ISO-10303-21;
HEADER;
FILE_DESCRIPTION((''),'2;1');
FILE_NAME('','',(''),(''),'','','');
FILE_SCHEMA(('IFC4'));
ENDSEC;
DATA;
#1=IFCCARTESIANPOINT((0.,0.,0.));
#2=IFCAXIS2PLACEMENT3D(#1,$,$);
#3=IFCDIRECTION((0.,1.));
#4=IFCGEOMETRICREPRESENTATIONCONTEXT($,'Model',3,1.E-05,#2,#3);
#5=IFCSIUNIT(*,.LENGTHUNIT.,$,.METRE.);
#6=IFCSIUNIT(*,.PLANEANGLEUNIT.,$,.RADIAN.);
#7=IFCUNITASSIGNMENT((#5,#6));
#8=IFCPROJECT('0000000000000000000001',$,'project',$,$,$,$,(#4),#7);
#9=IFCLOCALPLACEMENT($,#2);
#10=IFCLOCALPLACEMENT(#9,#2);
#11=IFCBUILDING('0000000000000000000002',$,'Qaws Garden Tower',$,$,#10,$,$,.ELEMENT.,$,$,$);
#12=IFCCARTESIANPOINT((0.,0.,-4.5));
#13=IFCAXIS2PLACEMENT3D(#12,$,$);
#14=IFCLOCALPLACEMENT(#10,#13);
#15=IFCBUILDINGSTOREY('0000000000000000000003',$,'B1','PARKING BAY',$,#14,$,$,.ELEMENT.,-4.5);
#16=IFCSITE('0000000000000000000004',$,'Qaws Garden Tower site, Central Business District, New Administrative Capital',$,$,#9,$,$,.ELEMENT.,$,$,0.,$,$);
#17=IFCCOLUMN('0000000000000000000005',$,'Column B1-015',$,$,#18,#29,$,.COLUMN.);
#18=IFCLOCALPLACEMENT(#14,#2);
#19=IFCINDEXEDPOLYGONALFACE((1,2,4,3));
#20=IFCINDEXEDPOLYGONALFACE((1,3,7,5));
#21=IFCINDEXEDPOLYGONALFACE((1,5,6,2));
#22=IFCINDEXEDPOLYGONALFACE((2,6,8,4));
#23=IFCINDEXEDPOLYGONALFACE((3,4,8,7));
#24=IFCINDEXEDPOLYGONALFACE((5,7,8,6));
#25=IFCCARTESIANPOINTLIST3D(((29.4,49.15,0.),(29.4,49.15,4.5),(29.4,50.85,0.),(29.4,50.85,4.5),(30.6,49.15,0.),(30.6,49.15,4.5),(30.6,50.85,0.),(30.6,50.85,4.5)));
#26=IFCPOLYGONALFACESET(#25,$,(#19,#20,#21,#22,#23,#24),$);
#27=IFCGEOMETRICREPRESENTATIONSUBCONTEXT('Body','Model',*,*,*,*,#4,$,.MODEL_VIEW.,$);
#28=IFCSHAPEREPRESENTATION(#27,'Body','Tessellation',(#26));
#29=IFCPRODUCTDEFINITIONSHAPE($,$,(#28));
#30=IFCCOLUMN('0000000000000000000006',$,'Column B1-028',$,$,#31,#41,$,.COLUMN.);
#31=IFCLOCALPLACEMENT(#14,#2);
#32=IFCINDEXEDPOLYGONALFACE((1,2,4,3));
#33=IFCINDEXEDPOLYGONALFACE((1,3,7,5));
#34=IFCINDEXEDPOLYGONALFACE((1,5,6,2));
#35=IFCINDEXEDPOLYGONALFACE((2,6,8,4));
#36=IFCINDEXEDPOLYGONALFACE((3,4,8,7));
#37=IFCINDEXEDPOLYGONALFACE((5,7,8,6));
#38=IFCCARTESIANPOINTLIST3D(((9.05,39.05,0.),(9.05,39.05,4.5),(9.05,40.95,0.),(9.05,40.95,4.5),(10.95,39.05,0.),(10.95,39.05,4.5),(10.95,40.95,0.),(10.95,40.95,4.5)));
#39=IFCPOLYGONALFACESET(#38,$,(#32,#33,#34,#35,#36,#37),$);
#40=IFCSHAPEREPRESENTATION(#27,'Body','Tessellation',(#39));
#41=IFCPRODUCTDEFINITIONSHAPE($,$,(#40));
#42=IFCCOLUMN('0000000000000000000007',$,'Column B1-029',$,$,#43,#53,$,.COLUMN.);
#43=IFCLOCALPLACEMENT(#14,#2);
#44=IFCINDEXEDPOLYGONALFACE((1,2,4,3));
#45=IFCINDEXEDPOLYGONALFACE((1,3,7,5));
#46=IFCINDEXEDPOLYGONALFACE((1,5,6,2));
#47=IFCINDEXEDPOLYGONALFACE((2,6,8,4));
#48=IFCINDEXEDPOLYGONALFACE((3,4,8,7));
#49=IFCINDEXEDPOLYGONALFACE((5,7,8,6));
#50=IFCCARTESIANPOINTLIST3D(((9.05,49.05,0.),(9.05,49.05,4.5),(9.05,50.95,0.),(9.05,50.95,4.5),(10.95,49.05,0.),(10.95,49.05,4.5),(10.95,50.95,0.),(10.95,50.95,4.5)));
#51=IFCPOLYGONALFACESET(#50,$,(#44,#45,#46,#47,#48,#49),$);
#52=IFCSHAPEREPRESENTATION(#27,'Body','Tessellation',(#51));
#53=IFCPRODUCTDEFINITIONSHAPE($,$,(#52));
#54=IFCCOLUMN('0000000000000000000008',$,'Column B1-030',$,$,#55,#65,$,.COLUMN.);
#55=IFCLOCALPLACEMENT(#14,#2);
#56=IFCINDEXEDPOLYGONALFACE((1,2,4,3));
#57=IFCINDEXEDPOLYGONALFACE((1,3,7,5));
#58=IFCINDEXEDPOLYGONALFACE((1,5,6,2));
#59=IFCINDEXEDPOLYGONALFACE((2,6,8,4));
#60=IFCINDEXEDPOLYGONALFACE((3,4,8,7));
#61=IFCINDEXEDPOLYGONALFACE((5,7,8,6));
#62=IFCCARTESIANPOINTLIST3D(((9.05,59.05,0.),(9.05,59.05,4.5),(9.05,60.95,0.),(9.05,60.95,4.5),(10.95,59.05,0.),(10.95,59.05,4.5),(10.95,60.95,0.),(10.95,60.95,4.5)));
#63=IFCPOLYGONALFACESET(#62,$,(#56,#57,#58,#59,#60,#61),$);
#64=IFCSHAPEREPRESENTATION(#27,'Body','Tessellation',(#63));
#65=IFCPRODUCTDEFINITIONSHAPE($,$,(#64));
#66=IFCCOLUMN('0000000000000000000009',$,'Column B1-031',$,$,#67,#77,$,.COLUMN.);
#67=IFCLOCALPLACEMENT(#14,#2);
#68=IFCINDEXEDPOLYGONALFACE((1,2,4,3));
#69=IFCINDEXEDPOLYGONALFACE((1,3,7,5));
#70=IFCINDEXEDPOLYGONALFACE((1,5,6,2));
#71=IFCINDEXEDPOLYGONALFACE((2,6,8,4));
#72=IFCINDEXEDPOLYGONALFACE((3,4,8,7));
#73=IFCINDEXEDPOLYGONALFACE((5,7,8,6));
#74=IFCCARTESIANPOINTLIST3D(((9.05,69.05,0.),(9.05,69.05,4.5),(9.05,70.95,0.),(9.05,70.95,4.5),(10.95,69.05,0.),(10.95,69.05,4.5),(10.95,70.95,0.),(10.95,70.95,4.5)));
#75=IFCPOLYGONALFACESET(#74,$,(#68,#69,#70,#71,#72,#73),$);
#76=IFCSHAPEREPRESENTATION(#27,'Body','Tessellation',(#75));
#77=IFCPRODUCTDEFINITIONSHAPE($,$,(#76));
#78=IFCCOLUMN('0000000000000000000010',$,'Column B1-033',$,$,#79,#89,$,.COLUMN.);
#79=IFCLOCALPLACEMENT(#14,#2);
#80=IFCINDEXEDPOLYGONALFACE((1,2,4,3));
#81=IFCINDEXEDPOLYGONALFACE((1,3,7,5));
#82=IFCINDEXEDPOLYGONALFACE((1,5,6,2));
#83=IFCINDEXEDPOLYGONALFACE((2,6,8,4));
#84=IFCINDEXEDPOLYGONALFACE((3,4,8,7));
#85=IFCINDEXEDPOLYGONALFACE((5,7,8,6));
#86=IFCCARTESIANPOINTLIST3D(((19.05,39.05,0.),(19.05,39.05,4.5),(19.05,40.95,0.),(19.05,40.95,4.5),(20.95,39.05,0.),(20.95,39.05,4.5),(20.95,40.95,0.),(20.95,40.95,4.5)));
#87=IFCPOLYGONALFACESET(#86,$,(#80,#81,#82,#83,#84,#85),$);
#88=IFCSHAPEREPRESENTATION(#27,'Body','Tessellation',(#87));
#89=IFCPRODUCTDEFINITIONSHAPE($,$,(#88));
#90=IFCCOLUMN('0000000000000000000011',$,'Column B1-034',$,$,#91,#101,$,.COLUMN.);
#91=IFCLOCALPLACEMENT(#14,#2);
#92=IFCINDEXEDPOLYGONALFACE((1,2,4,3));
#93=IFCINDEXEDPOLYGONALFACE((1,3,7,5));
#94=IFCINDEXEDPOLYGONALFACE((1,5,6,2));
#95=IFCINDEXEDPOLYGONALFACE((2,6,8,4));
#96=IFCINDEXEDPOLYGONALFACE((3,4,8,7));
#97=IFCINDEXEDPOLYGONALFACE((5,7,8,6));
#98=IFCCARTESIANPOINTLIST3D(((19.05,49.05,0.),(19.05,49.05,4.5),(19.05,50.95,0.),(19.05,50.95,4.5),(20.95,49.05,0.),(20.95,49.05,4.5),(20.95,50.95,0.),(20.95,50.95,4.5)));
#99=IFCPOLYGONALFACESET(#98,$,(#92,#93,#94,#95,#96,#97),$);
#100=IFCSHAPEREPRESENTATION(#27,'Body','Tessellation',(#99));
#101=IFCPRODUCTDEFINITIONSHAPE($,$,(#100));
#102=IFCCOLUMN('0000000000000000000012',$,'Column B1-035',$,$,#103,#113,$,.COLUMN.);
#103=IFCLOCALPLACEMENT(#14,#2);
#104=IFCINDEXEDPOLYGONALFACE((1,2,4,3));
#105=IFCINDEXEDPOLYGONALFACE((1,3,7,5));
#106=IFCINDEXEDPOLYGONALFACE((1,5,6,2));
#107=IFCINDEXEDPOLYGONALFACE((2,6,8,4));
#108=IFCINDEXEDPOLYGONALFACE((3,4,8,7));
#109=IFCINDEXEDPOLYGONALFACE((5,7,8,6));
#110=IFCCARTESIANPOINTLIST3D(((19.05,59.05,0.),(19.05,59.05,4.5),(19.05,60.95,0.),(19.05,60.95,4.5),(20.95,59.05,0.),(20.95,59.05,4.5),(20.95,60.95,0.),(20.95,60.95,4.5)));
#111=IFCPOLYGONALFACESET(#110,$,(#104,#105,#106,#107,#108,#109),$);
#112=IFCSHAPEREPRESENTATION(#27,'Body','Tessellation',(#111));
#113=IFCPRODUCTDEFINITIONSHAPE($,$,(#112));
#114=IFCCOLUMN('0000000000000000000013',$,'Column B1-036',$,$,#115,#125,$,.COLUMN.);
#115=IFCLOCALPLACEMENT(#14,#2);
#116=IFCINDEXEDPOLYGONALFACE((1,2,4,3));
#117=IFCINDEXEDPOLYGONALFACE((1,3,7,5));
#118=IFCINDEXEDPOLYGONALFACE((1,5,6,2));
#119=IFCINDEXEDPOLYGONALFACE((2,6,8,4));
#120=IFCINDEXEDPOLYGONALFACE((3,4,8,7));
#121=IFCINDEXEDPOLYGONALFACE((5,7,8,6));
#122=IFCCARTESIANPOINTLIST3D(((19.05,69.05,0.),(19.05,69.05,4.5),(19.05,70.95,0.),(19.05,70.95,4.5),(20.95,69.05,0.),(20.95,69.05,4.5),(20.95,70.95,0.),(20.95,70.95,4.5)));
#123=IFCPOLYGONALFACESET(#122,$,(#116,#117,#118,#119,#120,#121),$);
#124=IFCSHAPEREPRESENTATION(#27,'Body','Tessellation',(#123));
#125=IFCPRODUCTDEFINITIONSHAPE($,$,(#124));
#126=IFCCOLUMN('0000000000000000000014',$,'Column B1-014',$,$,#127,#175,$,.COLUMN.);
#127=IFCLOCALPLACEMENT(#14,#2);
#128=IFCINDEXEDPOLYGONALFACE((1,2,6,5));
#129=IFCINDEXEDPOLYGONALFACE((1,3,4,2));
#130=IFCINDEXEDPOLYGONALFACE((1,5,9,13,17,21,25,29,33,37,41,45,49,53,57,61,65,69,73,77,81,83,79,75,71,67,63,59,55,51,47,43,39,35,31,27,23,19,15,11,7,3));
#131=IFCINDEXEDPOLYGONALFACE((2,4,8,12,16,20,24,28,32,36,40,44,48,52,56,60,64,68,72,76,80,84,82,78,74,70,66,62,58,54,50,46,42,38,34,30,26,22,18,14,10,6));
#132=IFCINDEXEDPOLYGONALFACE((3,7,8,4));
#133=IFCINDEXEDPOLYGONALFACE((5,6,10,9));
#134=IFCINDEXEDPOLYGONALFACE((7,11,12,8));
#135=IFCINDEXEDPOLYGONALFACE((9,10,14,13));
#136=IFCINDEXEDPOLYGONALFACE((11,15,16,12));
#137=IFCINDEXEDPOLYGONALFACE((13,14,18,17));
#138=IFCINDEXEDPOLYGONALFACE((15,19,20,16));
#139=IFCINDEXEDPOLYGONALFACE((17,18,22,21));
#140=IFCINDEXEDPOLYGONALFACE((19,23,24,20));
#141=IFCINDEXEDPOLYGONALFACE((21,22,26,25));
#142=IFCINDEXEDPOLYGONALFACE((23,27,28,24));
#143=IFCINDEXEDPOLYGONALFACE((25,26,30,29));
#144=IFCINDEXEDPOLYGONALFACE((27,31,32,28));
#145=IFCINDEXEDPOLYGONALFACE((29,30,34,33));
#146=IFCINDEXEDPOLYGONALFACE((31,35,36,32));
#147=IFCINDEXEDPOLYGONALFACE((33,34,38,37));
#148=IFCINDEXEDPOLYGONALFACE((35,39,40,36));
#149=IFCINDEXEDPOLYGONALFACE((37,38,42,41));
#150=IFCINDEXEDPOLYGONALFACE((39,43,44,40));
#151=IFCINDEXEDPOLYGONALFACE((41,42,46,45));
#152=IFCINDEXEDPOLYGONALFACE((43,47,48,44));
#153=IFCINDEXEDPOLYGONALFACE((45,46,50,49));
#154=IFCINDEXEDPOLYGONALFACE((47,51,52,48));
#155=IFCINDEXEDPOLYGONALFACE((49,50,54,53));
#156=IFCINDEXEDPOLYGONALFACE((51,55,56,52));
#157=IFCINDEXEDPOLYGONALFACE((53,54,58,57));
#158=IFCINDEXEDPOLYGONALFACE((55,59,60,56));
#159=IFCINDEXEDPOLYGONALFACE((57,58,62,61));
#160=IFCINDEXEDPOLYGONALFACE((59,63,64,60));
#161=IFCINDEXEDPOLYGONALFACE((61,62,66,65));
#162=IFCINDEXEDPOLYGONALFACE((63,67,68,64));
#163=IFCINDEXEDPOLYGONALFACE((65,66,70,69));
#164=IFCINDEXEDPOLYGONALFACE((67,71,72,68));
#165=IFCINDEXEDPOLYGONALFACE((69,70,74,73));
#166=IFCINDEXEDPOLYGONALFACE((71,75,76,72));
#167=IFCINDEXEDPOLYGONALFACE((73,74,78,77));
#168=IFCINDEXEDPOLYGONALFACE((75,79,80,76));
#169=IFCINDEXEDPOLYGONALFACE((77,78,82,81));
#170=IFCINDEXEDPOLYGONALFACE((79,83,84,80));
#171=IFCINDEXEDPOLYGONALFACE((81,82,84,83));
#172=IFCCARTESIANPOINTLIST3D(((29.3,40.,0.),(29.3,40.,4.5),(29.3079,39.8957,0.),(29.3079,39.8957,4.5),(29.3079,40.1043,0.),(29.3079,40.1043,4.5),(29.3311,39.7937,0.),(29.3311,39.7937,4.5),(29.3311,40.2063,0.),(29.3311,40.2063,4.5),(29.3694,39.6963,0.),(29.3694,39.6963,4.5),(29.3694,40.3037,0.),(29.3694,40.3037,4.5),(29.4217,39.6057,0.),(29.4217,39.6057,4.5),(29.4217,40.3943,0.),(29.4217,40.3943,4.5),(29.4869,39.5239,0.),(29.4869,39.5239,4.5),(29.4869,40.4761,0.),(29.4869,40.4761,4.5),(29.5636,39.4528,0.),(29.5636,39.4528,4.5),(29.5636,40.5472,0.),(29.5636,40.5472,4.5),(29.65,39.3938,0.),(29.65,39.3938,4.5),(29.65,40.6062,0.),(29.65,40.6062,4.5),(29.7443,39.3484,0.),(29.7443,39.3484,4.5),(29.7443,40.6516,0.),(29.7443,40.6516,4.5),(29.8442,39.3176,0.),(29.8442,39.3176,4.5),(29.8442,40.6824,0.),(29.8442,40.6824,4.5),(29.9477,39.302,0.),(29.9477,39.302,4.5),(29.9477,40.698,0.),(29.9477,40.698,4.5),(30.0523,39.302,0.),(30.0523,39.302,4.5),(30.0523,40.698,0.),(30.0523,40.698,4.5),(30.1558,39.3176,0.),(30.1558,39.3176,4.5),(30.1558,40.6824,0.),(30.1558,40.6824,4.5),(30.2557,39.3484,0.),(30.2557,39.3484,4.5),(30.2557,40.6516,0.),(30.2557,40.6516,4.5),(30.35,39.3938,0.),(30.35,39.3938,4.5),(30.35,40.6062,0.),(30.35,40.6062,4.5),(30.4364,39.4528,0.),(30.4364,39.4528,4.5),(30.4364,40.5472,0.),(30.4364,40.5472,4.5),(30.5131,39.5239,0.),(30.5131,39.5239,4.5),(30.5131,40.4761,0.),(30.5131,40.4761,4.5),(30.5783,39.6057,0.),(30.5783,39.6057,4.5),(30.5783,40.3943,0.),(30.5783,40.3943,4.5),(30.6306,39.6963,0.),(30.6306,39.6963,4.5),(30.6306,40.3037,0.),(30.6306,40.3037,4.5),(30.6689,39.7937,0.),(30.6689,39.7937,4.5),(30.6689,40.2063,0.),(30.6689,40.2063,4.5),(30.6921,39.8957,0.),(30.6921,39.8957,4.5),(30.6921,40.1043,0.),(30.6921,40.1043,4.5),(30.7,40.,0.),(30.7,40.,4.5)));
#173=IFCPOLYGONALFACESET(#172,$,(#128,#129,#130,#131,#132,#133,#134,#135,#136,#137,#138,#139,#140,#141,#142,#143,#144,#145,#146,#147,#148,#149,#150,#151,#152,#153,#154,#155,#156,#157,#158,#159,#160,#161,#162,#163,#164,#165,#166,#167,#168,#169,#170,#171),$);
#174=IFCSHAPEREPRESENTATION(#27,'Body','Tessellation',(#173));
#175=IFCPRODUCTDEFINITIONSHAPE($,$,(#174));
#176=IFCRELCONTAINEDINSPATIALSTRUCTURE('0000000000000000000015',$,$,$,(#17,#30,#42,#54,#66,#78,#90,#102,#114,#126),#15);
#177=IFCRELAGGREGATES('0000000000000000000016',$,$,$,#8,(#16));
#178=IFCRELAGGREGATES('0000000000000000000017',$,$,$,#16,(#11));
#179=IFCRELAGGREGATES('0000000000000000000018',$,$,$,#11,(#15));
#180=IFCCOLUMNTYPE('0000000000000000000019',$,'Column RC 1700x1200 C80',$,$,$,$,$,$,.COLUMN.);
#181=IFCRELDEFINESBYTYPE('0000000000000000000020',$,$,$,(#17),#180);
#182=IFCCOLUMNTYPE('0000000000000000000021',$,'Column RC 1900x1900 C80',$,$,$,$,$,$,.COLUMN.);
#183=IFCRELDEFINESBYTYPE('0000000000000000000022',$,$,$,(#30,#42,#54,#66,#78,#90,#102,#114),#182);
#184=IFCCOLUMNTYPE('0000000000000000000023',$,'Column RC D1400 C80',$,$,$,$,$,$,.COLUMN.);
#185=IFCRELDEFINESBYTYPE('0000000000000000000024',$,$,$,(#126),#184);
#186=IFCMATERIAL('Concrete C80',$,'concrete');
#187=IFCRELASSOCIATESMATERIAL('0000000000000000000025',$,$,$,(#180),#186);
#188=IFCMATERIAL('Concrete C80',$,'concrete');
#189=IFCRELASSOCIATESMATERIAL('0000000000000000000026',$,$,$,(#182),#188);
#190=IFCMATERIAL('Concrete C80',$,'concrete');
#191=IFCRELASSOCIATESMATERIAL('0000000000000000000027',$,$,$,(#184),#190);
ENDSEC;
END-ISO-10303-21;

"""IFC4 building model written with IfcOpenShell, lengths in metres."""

from ifc_helpers import new_model, si_unit, direction, frame, origin, origin_2d, place, context, subcontext, project, spatial, rectangle, circle, extrude, material, material_profile, profile_set, type_object, element, save


model = new_model("IFC4")

# Units and contexts
model_context = context("Model", 3, precision=1e-05, world=origin(), true_north=direction((0.0, 1.0)))
body_context = subcontext(model_context, "Body", "Model", "MODEL_VIEW")
ifc_project = project(units=[si_unit("LENGTHUNIT", "METRE"), si_unit("PLANEANGLEUNIT", "RADIAN")], contexts=[model_context])

# Site, building, storey
site_placement = place(None, origin())
site = spatial("IfcSite", under=ifc_project, at=site_placement, Name="Qaws Garden Tower site, Central Business District, New Administrative Capital", CompositionType="ELEMENT", RefElevation=0.0)
building_placement = place(site_placement, origin())
building = spatial("IfcBuilding", under=site, at=building_placement, Name="Qaws Garden Tower", CompositionType="ELEMENT")
storey_placement = place(building_placement, frame((0.0, 0.0, -4.5)))
storey = spatial("IfcBuildingStorey", under=building, at=storey_placement, Name="B1", Description="PARKING BAY", CompositionType="ELEMENT", Elevation=-4.5)

# Columns
ifc_material_1 = material(Name="Concrete C80", Category="concrete")
ifc_material_profile_1 = material_profile(ifc_material_1, rectangle(XDim=1.7, YDim=1.2, at=origin_2d()), Name="RC 1700x1200")
ifc_profile_set_1 = profile_set([ifc_material_profile_1], Name="Concrete C80")
column_type_1 = type_object("IfcColumnType", Name="Column RC 1700x1200 C80", PredefinedType="COLUMN", material=ifc_profile_set_1)
column_placement = place(storey_placement, frame((30.0, 50.0, 0.0), z_axis=(0.0, 0.0, 1.0), x_axis=(0.0, 1.0, 0.0)))
element("IfcColumn", 1, at=column_placement, inside=storey, type_object=column_type_1, Name="Column B1-015", PredefinedType="COLUMN", context=body_context, shape_type="SweptSolid", body=[
    extrude(rectangle(XDim=1.7, YDim=1.2, at=origin_2d()), origin(), (0.0, 0.0, 1.0), 4.5),
])
ifc_material_2 = material(Name="Concrete C80", Category="concrete")
ifc_material_profile_2 = material_profile(ifc_material_2, rectangle(XDim=1.8999, YDim=1.8999, at=origin_2d()), Name="RC 1900x1900")
ifc_profile_set_2 = profile_set([ifc_material_profile_2], Name="Concrete C80")
column_type_2 = type_object("IfcColumnType", Name="Column RC 1900x1900 C80", PredefinedType="COLUMN", material=ifc_profile_set_2)
for number, where, z_axis, x_axis, name in (
    (2, (10.0, 40.0, 0.0), (0.0, 0.0, 1.0), (1.0, 0.0, 0.0), "Column B1-028"),
    (3, (10.0, 50.0, 0.0), (0.0, 0.0, 1.0), (1.0, 0.0, 0.0), "Column B1-029"),
    (4, (10.0, 60.0, 0.0), (0.0, 0.0, 1.0), (1.0, 0.0, 0.0), "Column B1-030"),
    (5, (10.0, 70.0, 0.0), (0.0, 0.0, 1.0), (1.0, 0.0, 0.0), "Column B1-031"),
    (6, (20.0, 40.0, 0.0), (0.0, 0.0, 1.0), (1.0, 0.0, 0.0), "Column B1-033"),
    (7, (20.0, 50.0, 0.0), (0.0, 0.0, 1.0), (1.0, 0.0, 0.0), "Column B1-034"),
    (8, (20.0, 60.0, 0.0), (0.0, 0.0, 1.0), (1.0, 0.0, 0.0), "Column B1-035"),
    (9, (20.0, 70.0, 0.0), (0.0, 0.0, 1.0), (1.0, 0.0, 0.0), "Column B1-036"),
):
    element("IfcColumn", number, at=place(storey_placement, frame(where, z_axis=z_axis, x_axis=x_axis)), inside=storey, type_object=column_type_2, Name=name, PredefinedType="COLUMN", context=body_context, shape_type="SweptSolid", body=[
        extrude(rectangle(XDim=1.8999, YDim=1.8999, at=origin_2d()), origin(), (0.0, 0.0, 1.0), 4.5),
    ])
ifc_material_3 = material(Name="Concrete C80", Category="concrete")
ifc_material_profile_3 = material_profile(ifc_material_3, circle(Radius=0.7, at=origin_2d()), Name="RC D1400")
ifc_profile_set_3 = profile_set([ifc_material_profile_3], Name="Concrete C80")
column_type_3 = type_object("IfcColumnType", Name="Column RC D1400 C80", PredefinedType="COLUMN", material=ifc_profile_set_3)
for number, where, z_axis, x_axis, name in (
    (10, (30.0, 40.0, 0.0), (0.0, 0.0, 1.0), (1.0, 0.0, 0.0), "Column B1-014"),
):
    element("IfcColumn", number, at=place(storey_placement, frame(where, z_axis=z_axis, x_axis=x_axis)), inside=storey, type_object=column_type_3, Name=name, PredefinedType="COLUMN", context=body_context, shape_type="SweptSolid", body=[
        extrude(circle(Radius=0.7, at=origin_2d()), origin(), (0.0, 0.0, 1.0), 4.5),
    ])

save(model, "model.ifc")
